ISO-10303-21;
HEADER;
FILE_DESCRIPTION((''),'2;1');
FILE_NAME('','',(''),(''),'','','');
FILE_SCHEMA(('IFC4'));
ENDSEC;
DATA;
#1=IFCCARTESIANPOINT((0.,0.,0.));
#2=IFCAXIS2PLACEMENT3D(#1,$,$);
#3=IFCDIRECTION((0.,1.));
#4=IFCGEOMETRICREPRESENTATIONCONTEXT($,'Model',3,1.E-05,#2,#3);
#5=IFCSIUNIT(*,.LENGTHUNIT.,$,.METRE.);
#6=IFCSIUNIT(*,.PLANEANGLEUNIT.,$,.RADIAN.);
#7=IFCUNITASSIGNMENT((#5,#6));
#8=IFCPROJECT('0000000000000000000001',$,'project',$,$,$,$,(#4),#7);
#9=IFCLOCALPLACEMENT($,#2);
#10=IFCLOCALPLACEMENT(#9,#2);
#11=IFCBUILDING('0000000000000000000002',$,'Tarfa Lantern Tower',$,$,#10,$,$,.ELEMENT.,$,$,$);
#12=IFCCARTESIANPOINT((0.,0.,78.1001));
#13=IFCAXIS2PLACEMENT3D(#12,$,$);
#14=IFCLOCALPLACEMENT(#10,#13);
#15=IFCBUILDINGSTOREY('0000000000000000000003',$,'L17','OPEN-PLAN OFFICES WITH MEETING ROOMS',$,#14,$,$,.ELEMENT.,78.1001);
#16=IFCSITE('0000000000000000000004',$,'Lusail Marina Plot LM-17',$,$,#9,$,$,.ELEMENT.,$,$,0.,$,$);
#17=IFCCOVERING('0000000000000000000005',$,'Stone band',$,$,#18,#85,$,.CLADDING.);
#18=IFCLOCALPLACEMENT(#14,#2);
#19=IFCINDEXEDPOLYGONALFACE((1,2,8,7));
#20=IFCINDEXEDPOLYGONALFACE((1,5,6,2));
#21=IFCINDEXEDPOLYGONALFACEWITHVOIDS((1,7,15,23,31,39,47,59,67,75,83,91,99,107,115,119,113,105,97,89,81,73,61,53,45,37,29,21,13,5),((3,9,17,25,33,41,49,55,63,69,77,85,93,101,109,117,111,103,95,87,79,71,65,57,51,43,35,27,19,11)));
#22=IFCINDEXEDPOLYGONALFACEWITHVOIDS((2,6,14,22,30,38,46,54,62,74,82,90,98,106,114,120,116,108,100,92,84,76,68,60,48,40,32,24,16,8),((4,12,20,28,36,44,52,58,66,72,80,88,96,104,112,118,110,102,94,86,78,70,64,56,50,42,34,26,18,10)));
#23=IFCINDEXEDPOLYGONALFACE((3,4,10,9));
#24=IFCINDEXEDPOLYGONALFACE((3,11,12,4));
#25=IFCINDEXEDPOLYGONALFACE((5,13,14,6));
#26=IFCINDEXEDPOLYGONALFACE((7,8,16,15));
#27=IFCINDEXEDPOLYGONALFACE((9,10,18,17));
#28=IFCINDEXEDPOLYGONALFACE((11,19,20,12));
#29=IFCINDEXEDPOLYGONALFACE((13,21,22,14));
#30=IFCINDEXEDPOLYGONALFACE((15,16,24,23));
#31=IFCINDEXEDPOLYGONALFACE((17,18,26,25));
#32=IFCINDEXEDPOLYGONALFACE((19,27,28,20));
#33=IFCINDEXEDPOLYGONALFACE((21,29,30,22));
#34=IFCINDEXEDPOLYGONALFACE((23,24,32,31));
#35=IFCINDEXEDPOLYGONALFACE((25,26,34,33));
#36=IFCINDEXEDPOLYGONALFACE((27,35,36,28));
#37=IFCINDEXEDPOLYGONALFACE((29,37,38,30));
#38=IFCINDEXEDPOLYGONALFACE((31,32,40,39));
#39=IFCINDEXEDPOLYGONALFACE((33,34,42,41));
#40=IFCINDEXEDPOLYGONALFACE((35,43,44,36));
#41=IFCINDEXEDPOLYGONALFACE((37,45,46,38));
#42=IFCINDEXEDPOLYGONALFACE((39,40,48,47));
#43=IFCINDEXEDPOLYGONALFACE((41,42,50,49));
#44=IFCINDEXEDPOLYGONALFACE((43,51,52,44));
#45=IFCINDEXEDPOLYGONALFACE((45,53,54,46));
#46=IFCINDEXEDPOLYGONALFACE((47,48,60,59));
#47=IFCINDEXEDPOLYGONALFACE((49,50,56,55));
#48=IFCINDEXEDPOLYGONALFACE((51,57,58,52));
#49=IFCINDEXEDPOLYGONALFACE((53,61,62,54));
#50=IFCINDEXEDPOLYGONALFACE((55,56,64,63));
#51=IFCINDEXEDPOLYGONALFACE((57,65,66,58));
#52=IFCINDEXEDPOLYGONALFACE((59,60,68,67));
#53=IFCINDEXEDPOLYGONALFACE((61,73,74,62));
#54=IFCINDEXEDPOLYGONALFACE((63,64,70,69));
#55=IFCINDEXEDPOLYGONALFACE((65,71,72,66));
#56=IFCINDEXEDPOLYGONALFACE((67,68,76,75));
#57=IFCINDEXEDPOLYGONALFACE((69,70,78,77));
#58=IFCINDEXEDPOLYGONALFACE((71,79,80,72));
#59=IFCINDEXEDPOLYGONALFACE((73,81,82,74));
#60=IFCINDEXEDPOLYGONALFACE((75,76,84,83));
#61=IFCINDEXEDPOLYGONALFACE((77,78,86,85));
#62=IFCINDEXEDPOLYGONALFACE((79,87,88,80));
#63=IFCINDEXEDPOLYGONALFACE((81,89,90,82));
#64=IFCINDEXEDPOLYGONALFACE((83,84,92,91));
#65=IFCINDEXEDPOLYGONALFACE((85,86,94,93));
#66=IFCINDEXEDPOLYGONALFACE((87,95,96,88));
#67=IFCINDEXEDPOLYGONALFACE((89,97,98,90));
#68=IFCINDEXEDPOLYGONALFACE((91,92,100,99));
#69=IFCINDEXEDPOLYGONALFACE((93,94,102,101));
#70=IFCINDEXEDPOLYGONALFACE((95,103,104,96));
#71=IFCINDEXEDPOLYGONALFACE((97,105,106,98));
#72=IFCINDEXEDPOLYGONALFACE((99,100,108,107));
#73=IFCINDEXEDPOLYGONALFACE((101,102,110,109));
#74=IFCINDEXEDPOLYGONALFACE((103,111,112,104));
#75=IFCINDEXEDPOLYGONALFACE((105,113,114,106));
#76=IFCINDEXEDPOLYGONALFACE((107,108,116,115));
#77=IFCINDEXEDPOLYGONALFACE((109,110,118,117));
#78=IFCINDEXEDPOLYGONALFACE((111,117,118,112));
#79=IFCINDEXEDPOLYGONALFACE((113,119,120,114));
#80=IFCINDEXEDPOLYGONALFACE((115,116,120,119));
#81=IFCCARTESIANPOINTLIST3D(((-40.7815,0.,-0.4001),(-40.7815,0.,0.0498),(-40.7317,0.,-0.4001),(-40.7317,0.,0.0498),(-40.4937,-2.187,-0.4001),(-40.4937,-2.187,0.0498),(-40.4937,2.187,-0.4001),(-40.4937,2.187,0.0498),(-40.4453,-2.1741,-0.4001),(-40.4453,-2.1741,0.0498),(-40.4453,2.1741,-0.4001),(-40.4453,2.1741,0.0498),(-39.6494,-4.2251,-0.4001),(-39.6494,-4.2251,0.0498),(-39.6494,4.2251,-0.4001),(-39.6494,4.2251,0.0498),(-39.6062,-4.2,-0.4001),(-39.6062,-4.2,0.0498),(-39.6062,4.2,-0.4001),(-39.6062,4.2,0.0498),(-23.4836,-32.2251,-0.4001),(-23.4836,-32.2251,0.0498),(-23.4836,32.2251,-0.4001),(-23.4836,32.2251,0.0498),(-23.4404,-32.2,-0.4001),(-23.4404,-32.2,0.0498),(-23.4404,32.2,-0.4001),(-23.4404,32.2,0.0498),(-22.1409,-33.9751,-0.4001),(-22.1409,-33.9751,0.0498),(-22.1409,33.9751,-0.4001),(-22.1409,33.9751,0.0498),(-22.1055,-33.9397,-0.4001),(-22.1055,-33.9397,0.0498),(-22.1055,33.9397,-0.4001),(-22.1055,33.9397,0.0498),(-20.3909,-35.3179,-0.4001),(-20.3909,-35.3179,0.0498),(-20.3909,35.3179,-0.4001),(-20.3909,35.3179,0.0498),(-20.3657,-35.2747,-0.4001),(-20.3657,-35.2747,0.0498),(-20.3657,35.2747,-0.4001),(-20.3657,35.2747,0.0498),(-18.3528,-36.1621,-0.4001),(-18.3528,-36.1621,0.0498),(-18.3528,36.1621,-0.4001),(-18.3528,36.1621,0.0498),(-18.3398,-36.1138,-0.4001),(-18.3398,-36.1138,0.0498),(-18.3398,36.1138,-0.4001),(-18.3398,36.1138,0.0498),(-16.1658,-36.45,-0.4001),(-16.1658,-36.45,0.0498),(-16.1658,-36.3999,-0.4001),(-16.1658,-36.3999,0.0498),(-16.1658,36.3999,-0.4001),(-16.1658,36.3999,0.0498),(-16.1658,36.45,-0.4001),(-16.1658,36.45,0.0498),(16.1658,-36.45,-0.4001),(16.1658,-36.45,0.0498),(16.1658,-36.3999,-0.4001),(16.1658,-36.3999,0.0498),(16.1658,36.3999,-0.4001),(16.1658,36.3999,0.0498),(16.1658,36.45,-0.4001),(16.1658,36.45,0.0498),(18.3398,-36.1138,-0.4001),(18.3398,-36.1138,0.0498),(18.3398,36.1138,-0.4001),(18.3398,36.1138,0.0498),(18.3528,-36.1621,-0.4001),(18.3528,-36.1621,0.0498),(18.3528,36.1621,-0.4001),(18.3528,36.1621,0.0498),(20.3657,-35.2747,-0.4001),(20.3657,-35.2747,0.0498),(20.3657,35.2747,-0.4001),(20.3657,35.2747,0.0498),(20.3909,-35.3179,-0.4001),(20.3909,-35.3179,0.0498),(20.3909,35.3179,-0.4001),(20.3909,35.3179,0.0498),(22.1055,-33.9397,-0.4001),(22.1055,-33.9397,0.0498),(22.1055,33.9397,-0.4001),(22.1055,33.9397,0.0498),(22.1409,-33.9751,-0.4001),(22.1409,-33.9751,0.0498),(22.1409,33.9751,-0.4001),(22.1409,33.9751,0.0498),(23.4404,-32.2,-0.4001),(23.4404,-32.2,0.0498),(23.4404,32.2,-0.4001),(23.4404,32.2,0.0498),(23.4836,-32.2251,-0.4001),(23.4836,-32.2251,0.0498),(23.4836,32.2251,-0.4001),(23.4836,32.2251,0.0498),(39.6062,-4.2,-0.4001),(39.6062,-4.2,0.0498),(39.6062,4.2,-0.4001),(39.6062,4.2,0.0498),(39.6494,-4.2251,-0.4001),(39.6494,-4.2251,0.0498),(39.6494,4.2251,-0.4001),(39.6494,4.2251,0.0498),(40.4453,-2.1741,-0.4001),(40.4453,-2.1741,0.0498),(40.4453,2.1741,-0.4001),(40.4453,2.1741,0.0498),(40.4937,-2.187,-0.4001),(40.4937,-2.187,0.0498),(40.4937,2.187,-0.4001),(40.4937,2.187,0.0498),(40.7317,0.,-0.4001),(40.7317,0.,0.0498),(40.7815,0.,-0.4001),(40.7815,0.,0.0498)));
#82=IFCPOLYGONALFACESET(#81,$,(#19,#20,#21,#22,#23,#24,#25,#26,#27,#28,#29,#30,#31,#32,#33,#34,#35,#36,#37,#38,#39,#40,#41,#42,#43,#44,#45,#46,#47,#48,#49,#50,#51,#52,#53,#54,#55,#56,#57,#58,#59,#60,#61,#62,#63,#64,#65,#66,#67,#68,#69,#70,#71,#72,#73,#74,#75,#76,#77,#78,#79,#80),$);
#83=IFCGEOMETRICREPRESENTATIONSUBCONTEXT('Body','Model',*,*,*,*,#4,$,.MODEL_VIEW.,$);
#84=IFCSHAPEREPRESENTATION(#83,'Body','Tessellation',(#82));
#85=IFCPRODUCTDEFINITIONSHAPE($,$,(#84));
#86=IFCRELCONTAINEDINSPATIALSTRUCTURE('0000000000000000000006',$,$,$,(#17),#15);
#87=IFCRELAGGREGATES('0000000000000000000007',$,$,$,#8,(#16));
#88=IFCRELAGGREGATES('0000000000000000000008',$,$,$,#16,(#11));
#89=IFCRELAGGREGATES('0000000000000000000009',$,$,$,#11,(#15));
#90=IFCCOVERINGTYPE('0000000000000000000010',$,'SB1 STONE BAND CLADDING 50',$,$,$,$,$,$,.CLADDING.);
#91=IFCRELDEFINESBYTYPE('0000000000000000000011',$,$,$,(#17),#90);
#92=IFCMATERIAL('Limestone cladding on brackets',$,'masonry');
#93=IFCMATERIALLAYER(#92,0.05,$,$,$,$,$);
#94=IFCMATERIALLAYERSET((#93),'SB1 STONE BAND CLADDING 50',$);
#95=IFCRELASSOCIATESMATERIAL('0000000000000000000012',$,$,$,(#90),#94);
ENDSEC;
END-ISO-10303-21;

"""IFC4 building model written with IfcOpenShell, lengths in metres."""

from ifc_helpers import new_model, si_unit, direction, frame, origin, place, context, subcontext, project, spatial, polyline, outline, extrude, material, layer, layer_set, type_object, element, save


model = new_model("IFC4")

# Units and contexts
model_context = context("Model", 3, precision=1e-05, world=origin(), true_north=direction((0.0, 1.0)))
body_context = subcontext(model_context, "Body", "Model", "MODEL_VIEW")
ifc_project = project(units=[si_unit("LENGTHUNIT", "METRE"), si_unit("PLANEANGLEUNIT", "RADIAN")], contexts=[model_context])

# Site, building, storey
site_placement = place(None, origin())
site = spatial("IfcSite", under=ifc_project, at=site_placement, Name="Lusail Marina Plot LM-17", CompositionType="ELEMENT", RefElevation=0.0)
building_placement = place(site_placement, origin())
building = spatial("IfcBuilding", under=site, at=building_placement, Name="Tarfa Lantern Tower", CompositionType="ELEMENT")
storey_placement = place(building_placement, frame((0.0, 0.0, 78.1001)))
storey = spatial("IfcBuildingStorey", under=building, at=storey_placement, Name="L17", Description="OPEN-PLAN OFFICES WITH MEETING ROOMS", CompositionType="ELEMENT", Elevation=78.1001)

# Covering
ifc_material_1 = material(Name="Limestone cladding on brackets", Category="masonry")
ifc_layer_1 = layer(ifc_material_1, 0.05)
ifc_layer_set_1 = layer_set([ifc_layer_1], Name="SB1 STONE BAND CLADDING 50")
covering_type_1 = type_object("IfcCoveringType", Name="SB1 STONE BAND CLADDING 50", PredefinedType="CLADDING", material=ifc_layer_set_1)
covering_1_placement = place(storey_placement, frame((0.0, 0.0, -0.4001)))
element("IfcCovering", 1, at=covering_1_placement, inside=storey, type_object=covering_type_1, Name="Stone band", PredefinedType="CLADDING", context=body_context, shape_type="SweptSolid", body=[
    extrude(outline(polyline([(39.6494, 4.2251), (23.4836, 32.2251), (22.1409, 33.9751), (20.3909, 35.3179), (18.3528, 36.1621), (16.1658, 36.45), (-16.1658, 36.45), (-18.3528, 36.1621), (-20.3909, 35.3179), (-22.1409, 33.9751), (-23.4836, 32.2251), (-39.6494, 4.2251), (-40.4937, 2.187), (-40.7815, 0.0), (-40.4937, -2.187), (-39.6494, -4.2251), (-23.4836, -32.2251), (-22.1409, -33.9751), (-20.3909, -35.3179), (-18.3528, -36.1621), (-16.1658, -36.45), (16.1658, -36.45), (18.3528, -36.1621), (20.3909, -35.3179), (22.1409, -33.9751), (23.4836, -32.2251), (39.6494, -4.2251), (40.4937, -2.187), (40.7815, 0.0), (40.4937, 2.187), (39.6494, 4.2251)]), holes=[polyline([(39.6062, 4.2), (23.4404, 32.2), (22.1055, 33.9397), (20.3657, 35.2747), (18.3398, 36.1138), (16.1658, 36.3999), (-16.1658, 36.3999), (-18.3398, 36.1138), (-20.3657, 35.2747), (-22.1055, 33.9397), (-23.4404, 32.2), (-39.6062, 4.2), (-40.4453, 2.1741), (-40.7317, 0.0), (-40.4453, -2.1741), (-39.6062, -4.2), (-23.4404, -32.2), (-22.1055, -33.9397), (-20.3657, -35.2747), (-18.3398, -36.1138), (-16.1658, -36.3999), (16.1658, -36.3999), (18.3398, -36.1138), (20.3657, -35.2747), (22.1055, -33.9397), (23.4404, -32.2), (39.6062, -4.2), (40.4453, -2.1741), (40.7317, 0.0), (40.4453, 2.1741), (39.6062, 4.2)])]), origin(), (0.0, 0.0, 1.0), 0.45),
])

save(model, "model.ifc")
